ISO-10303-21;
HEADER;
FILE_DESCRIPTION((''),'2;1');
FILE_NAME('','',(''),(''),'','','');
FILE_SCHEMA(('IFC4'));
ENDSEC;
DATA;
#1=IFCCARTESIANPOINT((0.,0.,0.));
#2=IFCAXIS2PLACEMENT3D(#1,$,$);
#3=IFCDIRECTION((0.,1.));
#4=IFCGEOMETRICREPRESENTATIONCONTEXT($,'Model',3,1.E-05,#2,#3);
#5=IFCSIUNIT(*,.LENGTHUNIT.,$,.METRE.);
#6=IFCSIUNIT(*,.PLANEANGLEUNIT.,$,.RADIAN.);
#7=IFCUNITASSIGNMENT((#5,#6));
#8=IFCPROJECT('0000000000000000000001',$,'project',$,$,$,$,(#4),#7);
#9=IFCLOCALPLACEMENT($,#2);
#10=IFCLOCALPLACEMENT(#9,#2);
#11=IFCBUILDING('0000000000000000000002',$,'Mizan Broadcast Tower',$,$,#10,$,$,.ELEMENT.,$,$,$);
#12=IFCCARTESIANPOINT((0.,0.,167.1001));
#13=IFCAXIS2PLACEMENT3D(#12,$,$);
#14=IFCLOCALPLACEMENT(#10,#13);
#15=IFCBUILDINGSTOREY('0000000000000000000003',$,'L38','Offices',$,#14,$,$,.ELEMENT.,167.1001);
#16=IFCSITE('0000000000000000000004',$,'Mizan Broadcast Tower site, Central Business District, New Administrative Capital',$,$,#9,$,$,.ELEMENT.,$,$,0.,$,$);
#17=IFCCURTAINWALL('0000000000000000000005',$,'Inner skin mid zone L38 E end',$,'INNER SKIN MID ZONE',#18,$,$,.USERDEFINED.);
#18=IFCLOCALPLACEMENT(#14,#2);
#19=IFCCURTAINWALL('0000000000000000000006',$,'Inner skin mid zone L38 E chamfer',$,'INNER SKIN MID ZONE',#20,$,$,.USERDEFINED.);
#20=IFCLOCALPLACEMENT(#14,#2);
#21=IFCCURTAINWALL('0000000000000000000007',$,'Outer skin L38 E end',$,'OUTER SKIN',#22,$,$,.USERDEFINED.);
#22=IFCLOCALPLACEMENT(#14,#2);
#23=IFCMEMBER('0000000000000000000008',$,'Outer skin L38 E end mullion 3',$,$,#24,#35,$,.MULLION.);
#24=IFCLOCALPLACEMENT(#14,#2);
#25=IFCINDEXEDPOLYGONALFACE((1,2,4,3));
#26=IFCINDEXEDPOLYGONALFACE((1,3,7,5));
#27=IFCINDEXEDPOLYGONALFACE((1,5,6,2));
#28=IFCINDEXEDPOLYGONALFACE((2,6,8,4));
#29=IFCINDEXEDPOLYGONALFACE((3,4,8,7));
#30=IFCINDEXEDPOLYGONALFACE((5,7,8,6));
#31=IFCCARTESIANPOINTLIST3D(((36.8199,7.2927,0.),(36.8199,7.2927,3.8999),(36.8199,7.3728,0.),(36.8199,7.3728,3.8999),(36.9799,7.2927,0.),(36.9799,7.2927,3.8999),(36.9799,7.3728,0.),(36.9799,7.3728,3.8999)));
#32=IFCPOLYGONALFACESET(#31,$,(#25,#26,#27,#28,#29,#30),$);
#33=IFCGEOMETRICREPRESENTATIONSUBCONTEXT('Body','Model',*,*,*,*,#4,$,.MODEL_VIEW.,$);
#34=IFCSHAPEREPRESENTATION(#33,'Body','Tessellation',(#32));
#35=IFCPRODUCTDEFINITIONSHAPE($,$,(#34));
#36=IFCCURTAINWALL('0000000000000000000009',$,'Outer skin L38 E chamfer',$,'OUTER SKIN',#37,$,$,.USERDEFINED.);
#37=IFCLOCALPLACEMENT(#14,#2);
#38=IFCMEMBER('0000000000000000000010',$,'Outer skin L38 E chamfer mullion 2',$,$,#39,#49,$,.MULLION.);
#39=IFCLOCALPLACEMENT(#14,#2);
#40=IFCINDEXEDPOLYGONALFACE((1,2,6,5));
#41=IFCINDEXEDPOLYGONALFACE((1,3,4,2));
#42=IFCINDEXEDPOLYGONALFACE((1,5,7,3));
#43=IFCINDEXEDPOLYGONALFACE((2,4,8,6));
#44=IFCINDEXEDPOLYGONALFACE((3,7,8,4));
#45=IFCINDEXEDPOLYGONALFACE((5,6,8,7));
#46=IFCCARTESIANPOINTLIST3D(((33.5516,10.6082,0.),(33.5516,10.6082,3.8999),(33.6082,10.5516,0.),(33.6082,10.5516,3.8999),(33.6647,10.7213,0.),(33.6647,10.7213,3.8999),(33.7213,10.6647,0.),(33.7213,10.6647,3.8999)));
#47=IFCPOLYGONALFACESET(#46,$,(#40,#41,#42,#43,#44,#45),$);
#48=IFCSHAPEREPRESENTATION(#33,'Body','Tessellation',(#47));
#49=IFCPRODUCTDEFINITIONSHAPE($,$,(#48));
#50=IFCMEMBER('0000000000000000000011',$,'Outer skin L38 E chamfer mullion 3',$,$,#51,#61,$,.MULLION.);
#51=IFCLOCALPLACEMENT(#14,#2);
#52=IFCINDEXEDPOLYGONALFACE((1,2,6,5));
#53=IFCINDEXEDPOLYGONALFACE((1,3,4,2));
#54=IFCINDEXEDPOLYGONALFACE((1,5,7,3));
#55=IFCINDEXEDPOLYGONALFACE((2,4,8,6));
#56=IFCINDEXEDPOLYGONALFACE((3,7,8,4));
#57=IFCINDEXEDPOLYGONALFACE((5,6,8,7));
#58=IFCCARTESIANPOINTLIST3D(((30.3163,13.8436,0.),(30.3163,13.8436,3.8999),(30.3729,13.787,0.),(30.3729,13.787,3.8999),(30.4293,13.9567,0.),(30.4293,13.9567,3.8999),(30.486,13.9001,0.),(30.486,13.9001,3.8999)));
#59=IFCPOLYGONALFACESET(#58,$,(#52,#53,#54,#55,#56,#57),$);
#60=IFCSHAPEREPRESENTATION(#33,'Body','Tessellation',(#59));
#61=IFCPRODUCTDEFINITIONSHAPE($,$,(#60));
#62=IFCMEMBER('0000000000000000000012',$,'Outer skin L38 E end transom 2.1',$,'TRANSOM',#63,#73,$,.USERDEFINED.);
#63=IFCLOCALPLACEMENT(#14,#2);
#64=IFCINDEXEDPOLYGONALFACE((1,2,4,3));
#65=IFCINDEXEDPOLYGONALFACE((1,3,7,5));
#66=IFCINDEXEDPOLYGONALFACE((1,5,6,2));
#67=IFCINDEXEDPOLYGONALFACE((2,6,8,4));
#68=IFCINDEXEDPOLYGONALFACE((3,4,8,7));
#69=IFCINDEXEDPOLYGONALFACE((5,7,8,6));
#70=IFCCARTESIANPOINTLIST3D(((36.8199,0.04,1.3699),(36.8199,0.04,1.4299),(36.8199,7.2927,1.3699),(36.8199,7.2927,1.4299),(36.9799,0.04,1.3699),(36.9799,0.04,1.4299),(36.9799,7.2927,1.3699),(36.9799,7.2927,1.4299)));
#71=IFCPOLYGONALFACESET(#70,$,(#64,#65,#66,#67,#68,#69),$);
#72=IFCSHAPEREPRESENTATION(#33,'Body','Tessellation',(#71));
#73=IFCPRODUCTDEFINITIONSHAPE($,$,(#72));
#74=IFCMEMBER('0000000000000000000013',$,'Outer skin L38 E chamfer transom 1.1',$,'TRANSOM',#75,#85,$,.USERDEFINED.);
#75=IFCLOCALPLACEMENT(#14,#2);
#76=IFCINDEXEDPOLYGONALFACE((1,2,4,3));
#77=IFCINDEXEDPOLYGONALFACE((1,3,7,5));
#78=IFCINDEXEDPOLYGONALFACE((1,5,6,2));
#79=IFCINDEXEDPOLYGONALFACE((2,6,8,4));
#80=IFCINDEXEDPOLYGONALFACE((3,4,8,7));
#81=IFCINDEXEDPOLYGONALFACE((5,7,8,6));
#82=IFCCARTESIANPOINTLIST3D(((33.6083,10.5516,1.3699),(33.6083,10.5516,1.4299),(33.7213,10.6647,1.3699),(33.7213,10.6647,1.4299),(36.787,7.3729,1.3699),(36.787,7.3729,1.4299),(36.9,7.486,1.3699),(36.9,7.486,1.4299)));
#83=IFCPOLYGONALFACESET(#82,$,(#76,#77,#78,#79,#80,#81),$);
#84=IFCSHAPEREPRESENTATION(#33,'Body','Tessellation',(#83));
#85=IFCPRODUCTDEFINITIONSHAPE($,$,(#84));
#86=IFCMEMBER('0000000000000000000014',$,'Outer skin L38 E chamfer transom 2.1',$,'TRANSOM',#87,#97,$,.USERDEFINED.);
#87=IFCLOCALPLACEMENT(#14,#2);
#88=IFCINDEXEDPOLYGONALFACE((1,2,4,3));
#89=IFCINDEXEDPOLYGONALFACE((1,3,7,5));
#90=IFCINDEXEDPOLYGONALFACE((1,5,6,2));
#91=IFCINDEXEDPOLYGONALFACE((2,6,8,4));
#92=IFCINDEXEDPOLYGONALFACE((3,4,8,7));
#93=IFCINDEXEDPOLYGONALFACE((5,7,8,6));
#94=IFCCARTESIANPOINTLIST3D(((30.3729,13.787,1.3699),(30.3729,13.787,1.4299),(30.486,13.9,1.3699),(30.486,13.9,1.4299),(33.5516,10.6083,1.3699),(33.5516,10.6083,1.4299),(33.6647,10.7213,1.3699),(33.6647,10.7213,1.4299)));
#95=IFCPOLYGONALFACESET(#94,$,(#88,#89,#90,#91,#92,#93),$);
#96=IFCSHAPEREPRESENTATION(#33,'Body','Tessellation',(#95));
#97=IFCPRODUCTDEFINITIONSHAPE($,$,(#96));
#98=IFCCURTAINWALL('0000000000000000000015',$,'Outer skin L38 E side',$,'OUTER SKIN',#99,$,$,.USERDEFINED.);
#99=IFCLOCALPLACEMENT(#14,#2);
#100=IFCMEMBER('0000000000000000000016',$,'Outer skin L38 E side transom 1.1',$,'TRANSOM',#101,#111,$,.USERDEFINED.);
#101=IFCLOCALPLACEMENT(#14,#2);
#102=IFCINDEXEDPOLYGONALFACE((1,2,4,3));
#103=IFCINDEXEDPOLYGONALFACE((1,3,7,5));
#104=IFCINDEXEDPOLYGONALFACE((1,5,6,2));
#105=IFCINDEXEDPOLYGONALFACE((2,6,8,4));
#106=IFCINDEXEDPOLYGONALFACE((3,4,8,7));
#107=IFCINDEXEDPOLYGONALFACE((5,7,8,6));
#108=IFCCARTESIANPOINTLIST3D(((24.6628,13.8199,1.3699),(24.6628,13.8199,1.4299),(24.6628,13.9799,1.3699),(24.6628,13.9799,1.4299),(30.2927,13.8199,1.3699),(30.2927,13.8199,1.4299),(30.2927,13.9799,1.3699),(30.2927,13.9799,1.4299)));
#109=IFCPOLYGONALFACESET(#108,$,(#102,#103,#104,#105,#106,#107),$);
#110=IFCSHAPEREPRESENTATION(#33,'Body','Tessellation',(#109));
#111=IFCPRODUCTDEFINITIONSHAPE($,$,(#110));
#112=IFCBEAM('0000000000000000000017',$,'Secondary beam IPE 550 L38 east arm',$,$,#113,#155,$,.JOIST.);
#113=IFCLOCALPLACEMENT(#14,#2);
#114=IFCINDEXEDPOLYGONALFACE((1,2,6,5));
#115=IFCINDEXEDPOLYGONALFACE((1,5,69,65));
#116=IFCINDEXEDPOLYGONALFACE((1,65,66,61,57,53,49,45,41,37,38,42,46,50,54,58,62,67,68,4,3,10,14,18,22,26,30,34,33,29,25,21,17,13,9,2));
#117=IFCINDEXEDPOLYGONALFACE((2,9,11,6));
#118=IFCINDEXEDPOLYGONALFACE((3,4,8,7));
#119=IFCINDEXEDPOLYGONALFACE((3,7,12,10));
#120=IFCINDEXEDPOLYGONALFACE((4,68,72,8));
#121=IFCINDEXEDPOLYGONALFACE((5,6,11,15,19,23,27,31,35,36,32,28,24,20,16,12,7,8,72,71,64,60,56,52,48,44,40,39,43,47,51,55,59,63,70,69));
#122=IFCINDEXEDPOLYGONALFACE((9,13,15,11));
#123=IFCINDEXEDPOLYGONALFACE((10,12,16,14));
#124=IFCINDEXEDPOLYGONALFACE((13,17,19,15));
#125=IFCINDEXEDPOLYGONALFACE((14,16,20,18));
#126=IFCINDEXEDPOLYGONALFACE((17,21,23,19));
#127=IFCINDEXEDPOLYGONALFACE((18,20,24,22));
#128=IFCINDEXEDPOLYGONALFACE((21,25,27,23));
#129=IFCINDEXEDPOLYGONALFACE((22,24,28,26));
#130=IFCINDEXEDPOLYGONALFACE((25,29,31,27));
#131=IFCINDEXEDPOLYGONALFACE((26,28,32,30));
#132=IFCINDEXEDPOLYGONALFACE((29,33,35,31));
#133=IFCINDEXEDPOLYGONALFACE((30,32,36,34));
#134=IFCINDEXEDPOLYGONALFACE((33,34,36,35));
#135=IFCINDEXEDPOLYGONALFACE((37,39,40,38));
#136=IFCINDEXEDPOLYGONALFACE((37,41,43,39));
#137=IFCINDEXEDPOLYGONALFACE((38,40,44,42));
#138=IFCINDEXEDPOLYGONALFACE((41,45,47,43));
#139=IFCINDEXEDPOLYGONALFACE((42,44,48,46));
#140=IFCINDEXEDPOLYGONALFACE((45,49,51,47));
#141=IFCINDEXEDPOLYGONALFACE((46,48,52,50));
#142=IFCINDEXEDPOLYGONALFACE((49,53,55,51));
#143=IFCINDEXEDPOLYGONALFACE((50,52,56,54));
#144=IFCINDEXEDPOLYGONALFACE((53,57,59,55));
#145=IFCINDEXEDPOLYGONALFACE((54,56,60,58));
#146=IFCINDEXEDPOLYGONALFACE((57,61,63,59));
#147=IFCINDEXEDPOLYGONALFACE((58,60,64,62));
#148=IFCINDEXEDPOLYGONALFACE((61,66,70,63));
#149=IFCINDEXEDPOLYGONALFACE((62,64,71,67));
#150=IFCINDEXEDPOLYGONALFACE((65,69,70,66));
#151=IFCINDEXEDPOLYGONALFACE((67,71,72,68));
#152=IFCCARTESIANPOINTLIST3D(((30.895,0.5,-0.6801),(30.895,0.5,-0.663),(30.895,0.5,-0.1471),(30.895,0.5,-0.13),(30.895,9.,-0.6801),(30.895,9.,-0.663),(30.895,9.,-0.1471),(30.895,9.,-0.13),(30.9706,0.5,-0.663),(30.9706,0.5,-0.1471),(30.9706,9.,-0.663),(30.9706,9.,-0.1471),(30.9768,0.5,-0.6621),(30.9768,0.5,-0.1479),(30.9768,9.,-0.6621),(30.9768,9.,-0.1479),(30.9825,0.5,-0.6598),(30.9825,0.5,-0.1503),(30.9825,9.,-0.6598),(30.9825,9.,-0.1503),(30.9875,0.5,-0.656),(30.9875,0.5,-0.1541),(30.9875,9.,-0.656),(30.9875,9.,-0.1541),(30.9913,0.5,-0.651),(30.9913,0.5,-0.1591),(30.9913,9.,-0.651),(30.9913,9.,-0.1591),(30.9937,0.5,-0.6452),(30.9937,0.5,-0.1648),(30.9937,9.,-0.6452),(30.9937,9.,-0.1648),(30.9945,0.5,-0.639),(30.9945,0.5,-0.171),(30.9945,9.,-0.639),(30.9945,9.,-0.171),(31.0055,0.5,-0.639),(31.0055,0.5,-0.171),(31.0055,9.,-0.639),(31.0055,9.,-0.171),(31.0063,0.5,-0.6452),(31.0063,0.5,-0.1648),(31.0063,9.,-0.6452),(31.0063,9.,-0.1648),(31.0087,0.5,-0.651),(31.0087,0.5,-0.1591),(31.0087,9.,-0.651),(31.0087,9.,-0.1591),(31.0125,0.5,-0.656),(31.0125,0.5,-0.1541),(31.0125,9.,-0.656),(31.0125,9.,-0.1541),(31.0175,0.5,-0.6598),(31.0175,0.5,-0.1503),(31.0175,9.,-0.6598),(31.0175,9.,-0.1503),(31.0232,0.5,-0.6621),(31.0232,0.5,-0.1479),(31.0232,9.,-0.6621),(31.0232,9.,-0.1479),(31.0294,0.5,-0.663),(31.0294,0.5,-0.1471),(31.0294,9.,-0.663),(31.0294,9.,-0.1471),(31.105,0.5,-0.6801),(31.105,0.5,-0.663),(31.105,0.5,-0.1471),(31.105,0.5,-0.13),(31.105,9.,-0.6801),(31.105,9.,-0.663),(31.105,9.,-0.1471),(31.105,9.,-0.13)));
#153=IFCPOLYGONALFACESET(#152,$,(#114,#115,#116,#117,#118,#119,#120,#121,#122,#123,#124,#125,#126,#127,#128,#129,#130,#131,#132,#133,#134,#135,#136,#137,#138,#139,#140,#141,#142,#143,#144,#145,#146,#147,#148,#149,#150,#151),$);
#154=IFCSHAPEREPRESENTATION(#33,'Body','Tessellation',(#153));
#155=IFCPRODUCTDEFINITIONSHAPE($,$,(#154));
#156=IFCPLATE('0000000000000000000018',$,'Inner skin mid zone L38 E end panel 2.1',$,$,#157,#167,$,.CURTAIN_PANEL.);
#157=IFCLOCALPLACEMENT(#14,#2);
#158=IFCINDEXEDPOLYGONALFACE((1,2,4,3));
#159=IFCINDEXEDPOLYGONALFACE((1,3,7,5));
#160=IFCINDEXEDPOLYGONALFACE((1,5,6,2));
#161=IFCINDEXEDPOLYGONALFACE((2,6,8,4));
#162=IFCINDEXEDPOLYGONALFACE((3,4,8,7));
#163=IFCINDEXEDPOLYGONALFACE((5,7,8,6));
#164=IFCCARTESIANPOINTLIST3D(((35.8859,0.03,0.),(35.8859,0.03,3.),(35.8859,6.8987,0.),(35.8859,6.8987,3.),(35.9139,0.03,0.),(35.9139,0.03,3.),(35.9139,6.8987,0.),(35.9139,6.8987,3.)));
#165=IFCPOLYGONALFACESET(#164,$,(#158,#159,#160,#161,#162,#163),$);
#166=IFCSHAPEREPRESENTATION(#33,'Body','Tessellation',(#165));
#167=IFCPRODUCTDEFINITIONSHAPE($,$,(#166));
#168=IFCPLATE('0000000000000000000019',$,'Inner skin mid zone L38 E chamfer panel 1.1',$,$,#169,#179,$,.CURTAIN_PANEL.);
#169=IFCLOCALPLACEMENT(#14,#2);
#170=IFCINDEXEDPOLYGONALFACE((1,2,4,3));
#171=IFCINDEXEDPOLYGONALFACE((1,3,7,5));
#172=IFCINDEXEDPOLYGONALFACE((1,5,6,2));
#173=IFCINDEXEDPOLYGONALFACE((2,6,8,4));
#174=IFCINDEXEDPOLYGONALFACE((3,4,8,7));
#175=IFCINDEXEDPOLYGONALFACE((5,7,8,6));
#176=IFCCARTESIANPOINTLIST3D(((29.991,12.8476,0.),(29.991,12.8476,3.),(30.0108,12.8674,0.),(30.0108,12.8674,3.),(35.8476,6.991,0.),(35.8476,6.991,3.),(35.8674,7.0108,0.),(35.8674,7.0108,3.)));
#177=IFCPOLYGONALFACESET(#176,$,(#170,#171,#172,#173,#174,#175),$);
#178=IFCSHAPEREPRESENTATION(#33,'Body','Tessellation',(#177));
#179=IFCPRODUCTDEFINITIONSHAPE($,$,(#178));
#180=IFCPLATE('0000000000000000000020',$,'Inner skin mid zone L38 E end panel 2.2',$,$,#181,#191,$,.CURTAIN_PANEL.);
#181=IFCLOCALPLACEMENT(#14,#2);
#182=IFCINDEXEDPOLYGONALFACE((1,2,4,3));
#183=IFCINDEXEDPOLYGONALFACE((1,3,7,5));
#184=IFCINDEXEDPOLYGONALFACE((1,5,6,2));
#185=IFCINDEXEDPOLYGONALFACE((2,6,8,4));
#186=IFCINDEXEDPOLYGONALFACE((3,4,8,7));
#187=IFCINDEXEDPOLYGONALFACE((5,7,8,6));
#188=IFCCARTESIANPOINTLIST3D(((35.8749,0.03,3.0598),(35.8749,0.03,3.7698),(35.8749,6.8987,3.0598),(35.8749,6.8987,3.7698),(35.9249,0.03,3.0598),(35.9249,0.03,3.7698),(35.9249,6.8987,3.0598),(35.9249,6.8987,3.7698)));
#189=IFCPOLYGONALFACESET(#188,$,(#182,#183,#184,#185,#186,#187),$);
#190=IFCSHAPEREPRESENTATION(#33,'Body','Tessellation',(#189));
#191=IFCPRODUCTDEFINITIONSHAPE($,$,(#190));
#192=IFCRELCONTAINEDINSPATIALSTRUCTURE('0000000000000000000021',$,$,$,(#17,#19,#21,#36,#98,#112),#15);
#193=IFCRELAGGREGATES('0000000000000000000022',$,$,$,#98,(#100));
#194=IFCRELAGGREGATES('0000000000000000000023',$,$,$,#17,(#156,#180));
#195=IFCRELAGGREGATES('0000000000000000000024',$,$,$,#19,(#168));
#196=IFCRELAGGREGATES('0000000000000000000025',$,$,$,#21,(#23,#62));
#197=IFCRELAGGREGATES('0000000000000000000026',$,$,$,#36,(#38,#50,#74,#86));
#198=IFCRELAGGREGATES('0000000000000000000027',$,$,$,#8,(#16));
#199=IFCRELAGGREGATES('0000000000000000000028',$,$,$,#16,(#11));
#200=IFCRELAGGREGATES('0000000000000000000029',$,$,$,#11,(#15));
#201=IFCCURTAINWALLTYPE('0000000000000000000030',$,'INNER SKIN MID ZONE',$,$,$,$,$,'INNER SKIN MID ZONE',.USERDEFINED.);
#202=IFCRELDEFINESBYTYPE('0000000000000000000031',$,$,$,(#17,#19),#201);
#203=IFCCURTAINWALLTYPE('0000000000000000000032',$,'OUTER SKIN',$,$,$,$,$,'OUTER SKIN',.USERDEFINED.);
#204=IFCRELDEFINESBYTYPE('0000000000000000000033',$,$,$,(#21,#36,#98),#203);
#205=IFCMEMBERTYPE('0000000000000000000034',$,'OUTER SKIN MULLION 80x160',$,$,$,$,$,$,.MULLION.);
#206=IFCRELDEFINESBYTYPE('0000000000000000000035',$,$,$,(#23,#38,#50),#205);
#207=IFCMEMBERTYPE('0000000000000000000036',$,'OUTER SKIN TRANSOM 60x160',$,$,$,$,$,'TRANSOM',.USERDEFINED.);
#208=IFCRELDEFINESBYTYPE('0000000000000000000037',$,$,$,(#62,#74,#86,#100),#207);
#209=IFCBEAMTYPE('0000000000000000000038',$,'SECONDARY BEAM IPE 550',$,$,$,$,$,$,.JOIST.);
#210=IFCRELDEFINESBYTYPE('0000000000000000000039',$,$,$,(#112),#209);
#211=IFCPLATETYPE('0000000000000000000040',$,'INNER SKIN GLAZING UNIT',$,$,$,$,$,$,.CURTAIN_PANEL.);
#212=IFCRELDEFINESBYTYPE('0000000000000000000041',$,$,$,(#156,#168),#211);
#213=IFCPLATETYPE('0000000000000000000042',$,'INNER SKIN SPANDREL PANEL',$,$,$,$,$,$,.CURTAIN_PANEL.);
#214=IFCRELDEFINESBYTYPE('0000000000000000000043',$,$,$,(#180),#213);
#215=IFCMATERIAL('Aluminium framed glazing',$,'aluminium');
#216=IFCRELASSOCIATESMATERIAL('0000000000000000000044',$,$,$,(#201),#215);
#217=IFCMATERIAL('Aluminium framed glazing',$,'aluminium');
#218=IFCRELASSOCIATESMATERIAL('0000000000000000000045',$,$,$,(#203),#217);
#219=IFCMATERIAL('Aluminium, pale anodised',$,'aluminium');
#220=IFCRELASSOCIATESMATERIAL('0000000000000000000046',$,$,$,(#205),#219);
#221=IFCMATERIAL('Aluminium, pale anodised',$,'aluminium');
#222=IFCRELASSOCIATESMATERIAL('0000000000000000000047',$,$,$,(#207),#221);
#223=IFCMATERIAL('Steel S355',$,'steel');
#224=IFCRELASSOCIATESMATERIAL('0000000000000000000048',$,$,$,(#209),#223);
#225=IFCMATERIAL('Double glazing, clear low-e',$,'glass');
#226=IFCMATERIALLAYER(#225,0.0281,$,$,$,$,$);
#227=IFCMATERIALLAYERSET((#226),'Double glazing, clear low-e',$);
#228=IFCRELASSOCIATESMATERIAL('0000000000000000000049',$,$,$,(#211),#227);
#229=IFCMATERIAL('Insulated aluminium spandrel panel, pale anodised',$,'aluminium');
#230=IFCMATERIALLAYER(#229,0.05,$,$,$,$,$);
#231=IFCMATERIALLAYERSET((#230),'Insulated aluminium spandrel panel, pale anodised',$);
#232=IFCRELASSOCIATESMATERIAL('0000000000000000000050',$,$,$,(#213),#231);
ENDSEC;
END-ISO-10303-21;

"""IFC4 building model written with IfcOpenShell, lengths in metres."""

from ifc_helpers import new_model, si_unit, direction, frame, origin, origin_2d, place, context, subcontext, project, spatial, rectangle, i_section, extrude, material, layer, layer_set, material_profile, profile_set, type_object, element, aggregate, save


model = new_model("IFC4")

# Units and contexts
model_context = context("Model", 3, precision=1e-05, world=origin(), true_north=direction((0.0, 1.0)))
body_context = subcontext(model_context, "Body", "Model", "MODEL_VIEW")
ifc_project = project(units=[si_unit("LENGTHUNIT", "METRE"), si_unit("PLANEANGLEUNIT", "RADIAN")], contexts=[model_context])

# Site, building, storey
site_placement = place(None, origin())
site = spatial("IfcSite", under=ifc_project, at=site_placement, Name="Mizan Broadcast Tower site, Central Business District, New Administrative Capital", CompositionType="ELEMENT", RefElevation=0.0)
building_placement = place(site_placement, origin())
building = spatial("IfcBuilding", under=site, at=building_placement, Name="Mizan Broadcast Tower", CompositionType="ELEMENT")
storey_placement = place(building_placement, frame((0.0, 0.0, 167.1001)))
storey = spatial("IfcBuildingStorey", under=building, at=storey_placement, Name="L38", Description="Offices", CompositionType="ELEMENT", Elevation=167.1001)

# Curtain wall
ifc_material_1 = material(Name="Aluminium framed glazing", Category="aluminium")
curtain_wall_type_1 = type_object("IfcCurtainWallType", Name="INNER SKIN MID ZONE", ElementType="INNER SKIN MID ZONE", PredefinedType="USERDEFINED", material=ifc_material_1)
curtain_wall_1_placement = place(storey_placement, origin())
curtain_wall_1 = element("IfcCurtainWall", 1, at=curtain_wall_1_placement, inside=storey, type_object=curtain_wall_type_1, Name="Inner skin mid zone L38 E end", ObjectType="INNER SKIN MID ZONE", PredefinedType="USERDEFINED")

# Curtain wall
curtain_wall_2_placement = place(storey_placement, origin())
curtain_wall_2 = element("IfcCurtainWall", 2, at=curtain_wall_2_placement, inside=storey, type_object=curtain_wall_type_1, Name="Inner skin mid zone L38 E chamfer", ObjectType="INNER SKIN MID ZONE", PredefinedType="USERDEFINED")

# Curtain walls, members
ifc_material_2 = material(Name="Aluminium framed glazing", Category="aluminium")
curtain_wall_type_2 = type_object("IfcCurtainWallType", Name="OUTER SKIN", ElementType="OUTER SKIN", PredefinedType="USERDEFINED", material=ifc_material_2)
curtain_wall_3_placement = place(storey_placement, origin())
curtain_wall_3 = element("IfcCurtainWall", 3, at=curtain_wall_3_placement, inside=storey, type_object=curtain_wall_type_2, Name="Outer skin L38 E end", ObjectType="OUTER SKIN", PredefinedType="USERDEFINED")
ifc_material_3 = material(Name="Aluminium, pale anodised", Category="aluminium")
ifc_material_profile_1 = material_profile(ifc_material_3, rectangle(XDim=0.1599, YDim=0.0801, at=origin_2d()), Name="MULLION 160x80")
ifc_profile_set_1 = profile_set([ifc_material_profile_1], Name="Aluminium, pale anodised")
member_type_1 = type_object("IfcMemberType", Name="OUTER SKIN MULLION 80x160", PredefinedType="MULLION", material=ifc_profile_set_1)
member_1_placement = place(storey_placement, frame((36.8999, 7.3328, 0.0), z_axis=(0.0, 0.0, 1.0), x_axis=(-1.0, 0.0, 0.0)))
member_1 = element("IfcMember", 4, at=member_1_placement, type_object=member_type_1, Name="Outer skin L38 E end mullion 3", PredefinedType="MULLION", context=body_context, shape_type="SweptSolid", body=[
    extrude(rectangle(XDim=0.1599, YDim=0.0801, at=origin_2d()), origin(), (0.0, 0.0, 1.0), 3.8999),
])
curtain_wall_4_placement = place(storey_placement, origin())
curtain_wall_4 = element("IfcCurtainWall", 5, at=curtain_wall_4_placement, inside=storey, type_object=curtain_wall_type_2, Name="Outer skin L38 E chamfer", ObjectType="OUTER SKIN", PredefinedType="USERDEFINED")
member_2_placement = place(storey_placement, frame((33.6365, 10.6365, 0.0), z_axis=(0.0, 0.0, 1.0), x_axis=(-0.707107, -0.707107, 0.0)))
member_2 = element("IfcMember", 6, at=member_2_placement, type_object=member_type_1, Name="Outer skin L38 E chamfer mullion 2", PredefinedType="MULLION", context=body_context, shape_type="SweptSolid", body=[
    extrude(rectangle(XDim=0.1599, YDim=0.0801, at=origin_2d()), origin(), (0.0, 0.0, 1.0), 3.8999),
])
member_3_placement = place(storey_placement, frame((30.4011, 13.8718, 0.0), z_axis=(0.0, 0.0, 1.0), x_axis=(-0.707107, -0.707107, 0.0)))
member_3 = element("IfcMember", 7, at=member_3_placement, type_object=member_type_1, Name="Outer skin L38 E chamfer mullion 3", PredefinedType="MULLION", context=body_context, shape_type="SweptSolid", body=[
    extrude(rectangle(XDim=0.1599, YDim=0.0801, at=origin_2d()), origin(), (0.0, 0.0, 1.0), 3.8999),
])

# Members
ifc_material_4 = material(Name="Aluminium, pale anodised", Category="aluminium")
ifc_material_profile_2 = material_profile(ifc_material_4, rectangle(XDim=0.1599, YDim=0.0601, at=origin_2d()), Name="TRANSOM 160x60")
ifc_profile_set_2 = profile_set([ifc_material_profile_2], Name="Aluminium, pale anodised")
member_type_2 = type_object("IfcMemberType", Name="OUTER SKIN TRANSOM 60x160", ElementType="TRANSOM", PredefinedType="USERDEFINED", material=ifc_profile_set_2)
member_4_placement = place(storey_placement, frame((36.8999, 0.04, 1.3999), z_axis=(0.0, 1.0, 0.0), x_axis=(-1.0, 0.0, 0.0)))
member_4 = element("IfcMember", 8, at=member_4_placement, type_object=member_type_2, Name="Outer skin L38 E end transom 2.1", ObjectType="TRANSOM", PredefinedType="USERDEFINED", context=body_context, shape_type="SweptSolid", body=[
    extrude(rectangle(XDim=0.1599, YDim=0.0601, at=origin_2d()), origin(), (0.0, 0.0, 1.0), 7.2527),
])
member_5_placement = place(storey_placement, frame((36.8435, 7.4294, 1.3999), z_axis=(-0.707107, 0.707107, 0.0), x_axis=(-0.707107, -0.707107, 0.0)))
member_5 = element("IfcMember", 9, at=member_5_placement, type_object=member_type_2, Name="Outer skin L38 E chamfer transom 1.1", ObjectType="TRANSOM", PredefinedType="USERDEFINED", context=body_context, shape_type="SweptSolid", body=[
    extrude(rectangle(XDim=0.1599, YDim=0.0601, at=origin_2d()), origin(), (0.0, 0.0, 1.0), 4.4954),
])
member_6_placement = place(storey_placement, frame((33.6082, 10.6648, 1.3999), z_axis=(-0.707107, 0.707107, 0.0), x_axis=(-0.707107, -0.707107, 0.0)))
member_6 = element("IfcMember", 10, at=member_6_placement, type_object=member_type_2, Name="Outer skin L38 E chamfer transom 2.1", ObjectType="TRANSOM", PredefinedType="USERDEFINED", context=body_context, shape_type="SweptSolid", body=[
    extrude(rectangle(XDim=0.1599, YDim=0.0601, at=origin_2d()), origin(), (0.0, 0.0, 1.0), 4.4954),
])

# Curtain wall, member
curtain_wall_5_placement = place(storey_placement, origin())
curtain_wall_5 = element("IfcCurtainWall", 11, at=curtain_wall_5_placement, inside=storey, type_object=curtain_wall_type_2, Name="Outer skin L38 E side", ObjectType="OUTER SKIN", PredefinedType="USERDEFINED")
member_7_placement = place(storey_placement, frame((30.2927, 13.8999, 1.3999), z_axis=(-1.0, 0.0, 0.0), x_axis=(0.0, -1.0, 0.0)))
member_7 = element("IfcMember", 12, at=member_7_placement, type_object=member_type_2, Name="Outer skin L38 E side transom 1.1", ObjectType="TRANSOM", PredefinedType="USERDEFINED", context=body_context, shape_type="SweptSolid", body=[
    extrude(rectangle(XDim=0.1599, YDim=0.0601, at=origin_2d()), origin(), (0.0, 0.0, 1.0), 5.6299),
])
aggregate(curtain_wall_5, [member_7])

# Beam
ifc_material_5 = material(Name="Steel S355", Category="steel")
ifc_material_profile_3 = material_profile(ifc_material_5, i_section(OverallWidth=0.21, OverallDepth=0.55, WebThickness=0.011, FlangeThickness=0.0171, FilletRadius=0.0239, at=origin_2d()), Name="IPE 550")
ifc_profile_set_3 = profile_set([ifc_material_profile_3], Name="Steel S355")
beam_type_1 = type_object("IfcBeamType", Name="SECONDARY BEAM IPE 550", PredefinedType="JOIST", material=ifc_profile_set_3)
beam_1_placement = place(storey_placement, frame((31.0, 9.0, -0.405), z_axis=(0.0, -1.0, 0.0), x_axis=(1.0, 0.0, 0.0)))
element("IfcBeam", 13, at=beam_1_placement, inside=storey, type_object=beam_type_1, Name="Secondary beam IPE 550 L38 east arm", PredefinedType="JOIST", context=body_context, shape_type="SweptSolid", body=[
    extrude(i_section(OverallWidth=0.21, OverallDepth=0.55, WebThickness=0.011, FlangeThickness=0.0171, FilletRadius=0.0239, at=origin_2d()), origin(), (0.0, 0.0, 1.0), 8.5),
])

# Plates
ifc_material_6 = material(Name="Double glazing, clear low-e", Category="glass")
ifc_layer_1 = layer(ifc_material_6, 0.0281)
ifc_layer_set_1 = layer_set([ifc_layer_1], Name="Double glazing, clear low-e")
plate_type_1 = type_object("IfcPlateType", Name="INNER SKIN GLAZING UNIT", PredefinedType="CURTAIN_PANEL", material=ifc_layer_set_1)
plate_1_placement = place(storey_placement, frame((35.8999, 3.4644, 0.0), z_axis=(0.0, 0.0, 1.0), x_axis=(0.0, 1.0, 0.0)))
plate_1 = element("IfcPlate", 14, at=plate_1_placement, type_object=plate_type_1, Name="Inner skin mid zone L38 E end panel 2.1", PredefinedType="CURTAIN_PANEL", context=body_context, shape_type="SweptSolid", body=[
    extrude(rectangle(XDim=6.8687, YDim=0.0281, at=origin_2d()), origin(), (0.0, 0.0, 1.0), 3.0),
])
plate_2_placement = place(storey_placement, frame((32.9292, 9.9292, 0.0), z_axis=(0.0, 0.0, 1.0), x_axis=(-0.707107, 0.707107, 0.0)))
plate_2 = element("IfcPlate", 15, at=plate_2_placement, type_object=plate_type_1, Name="Inner skin mid zone L38 E chamfer panel 1.1", PredefinedType="CURTAIN_PANEL", context=body_context, shape_type="SweptSolid", body=[
    extrude(rectangle(XDim=8.2825, YDim=0.0281, at=origin_2d()), origin(), (0.0, 0.0, 1.0), 3.0),
])
ifc_material_7 = material(Name="Insulated aluminium spandrel panel, pale anodised", Category="aluminium")
ifc_layer_2 = layer(ifc_material_7, 0.05)
ifc_layer_set_2 = layer_set([ifc_layer_2], Name="Insulated aluminium spandrel panel, pale anodised")
plate_type_2 = type_object("IfcPlateType", Name="INNER SKIN SPANDREL PANEL", PredefinedType="CURTAIN_PANEL", material=ifc_layer_set_2)
plate_3_placement = place(storey_placement, frame((35.8999, 3.4644, 3.0598), z_axis=(0.0, 0.0, 1.0), x_axis=(0.0, 1.0, 0.0)))
plate_3 = element("IfcPlate", 16, at=plate_3_placement, type_object=plate_type_2, Name="Inner skin mid zone L38 E end panel 2.2", PredefinedType="CURTAIN_PANEL", context=body_context, shape_type="SweptSolid", body=[
    extrude(rectangle(XDim=6.8687, YDim=0.05, at=origin_2d()), origin(), (0.0, 0.0, 1.0), 0.71),
])
aggregate(curtain_wall_1, [plate_1, plate_3])
aggregate(curtain_wall_2, [plate_2])
aggregate(curtain_wall_3, [member_1, member_4])
aggregate(curtain_wall_4, [member_2, member_3, member_5, member_6])

save(model, "model.ifc")
